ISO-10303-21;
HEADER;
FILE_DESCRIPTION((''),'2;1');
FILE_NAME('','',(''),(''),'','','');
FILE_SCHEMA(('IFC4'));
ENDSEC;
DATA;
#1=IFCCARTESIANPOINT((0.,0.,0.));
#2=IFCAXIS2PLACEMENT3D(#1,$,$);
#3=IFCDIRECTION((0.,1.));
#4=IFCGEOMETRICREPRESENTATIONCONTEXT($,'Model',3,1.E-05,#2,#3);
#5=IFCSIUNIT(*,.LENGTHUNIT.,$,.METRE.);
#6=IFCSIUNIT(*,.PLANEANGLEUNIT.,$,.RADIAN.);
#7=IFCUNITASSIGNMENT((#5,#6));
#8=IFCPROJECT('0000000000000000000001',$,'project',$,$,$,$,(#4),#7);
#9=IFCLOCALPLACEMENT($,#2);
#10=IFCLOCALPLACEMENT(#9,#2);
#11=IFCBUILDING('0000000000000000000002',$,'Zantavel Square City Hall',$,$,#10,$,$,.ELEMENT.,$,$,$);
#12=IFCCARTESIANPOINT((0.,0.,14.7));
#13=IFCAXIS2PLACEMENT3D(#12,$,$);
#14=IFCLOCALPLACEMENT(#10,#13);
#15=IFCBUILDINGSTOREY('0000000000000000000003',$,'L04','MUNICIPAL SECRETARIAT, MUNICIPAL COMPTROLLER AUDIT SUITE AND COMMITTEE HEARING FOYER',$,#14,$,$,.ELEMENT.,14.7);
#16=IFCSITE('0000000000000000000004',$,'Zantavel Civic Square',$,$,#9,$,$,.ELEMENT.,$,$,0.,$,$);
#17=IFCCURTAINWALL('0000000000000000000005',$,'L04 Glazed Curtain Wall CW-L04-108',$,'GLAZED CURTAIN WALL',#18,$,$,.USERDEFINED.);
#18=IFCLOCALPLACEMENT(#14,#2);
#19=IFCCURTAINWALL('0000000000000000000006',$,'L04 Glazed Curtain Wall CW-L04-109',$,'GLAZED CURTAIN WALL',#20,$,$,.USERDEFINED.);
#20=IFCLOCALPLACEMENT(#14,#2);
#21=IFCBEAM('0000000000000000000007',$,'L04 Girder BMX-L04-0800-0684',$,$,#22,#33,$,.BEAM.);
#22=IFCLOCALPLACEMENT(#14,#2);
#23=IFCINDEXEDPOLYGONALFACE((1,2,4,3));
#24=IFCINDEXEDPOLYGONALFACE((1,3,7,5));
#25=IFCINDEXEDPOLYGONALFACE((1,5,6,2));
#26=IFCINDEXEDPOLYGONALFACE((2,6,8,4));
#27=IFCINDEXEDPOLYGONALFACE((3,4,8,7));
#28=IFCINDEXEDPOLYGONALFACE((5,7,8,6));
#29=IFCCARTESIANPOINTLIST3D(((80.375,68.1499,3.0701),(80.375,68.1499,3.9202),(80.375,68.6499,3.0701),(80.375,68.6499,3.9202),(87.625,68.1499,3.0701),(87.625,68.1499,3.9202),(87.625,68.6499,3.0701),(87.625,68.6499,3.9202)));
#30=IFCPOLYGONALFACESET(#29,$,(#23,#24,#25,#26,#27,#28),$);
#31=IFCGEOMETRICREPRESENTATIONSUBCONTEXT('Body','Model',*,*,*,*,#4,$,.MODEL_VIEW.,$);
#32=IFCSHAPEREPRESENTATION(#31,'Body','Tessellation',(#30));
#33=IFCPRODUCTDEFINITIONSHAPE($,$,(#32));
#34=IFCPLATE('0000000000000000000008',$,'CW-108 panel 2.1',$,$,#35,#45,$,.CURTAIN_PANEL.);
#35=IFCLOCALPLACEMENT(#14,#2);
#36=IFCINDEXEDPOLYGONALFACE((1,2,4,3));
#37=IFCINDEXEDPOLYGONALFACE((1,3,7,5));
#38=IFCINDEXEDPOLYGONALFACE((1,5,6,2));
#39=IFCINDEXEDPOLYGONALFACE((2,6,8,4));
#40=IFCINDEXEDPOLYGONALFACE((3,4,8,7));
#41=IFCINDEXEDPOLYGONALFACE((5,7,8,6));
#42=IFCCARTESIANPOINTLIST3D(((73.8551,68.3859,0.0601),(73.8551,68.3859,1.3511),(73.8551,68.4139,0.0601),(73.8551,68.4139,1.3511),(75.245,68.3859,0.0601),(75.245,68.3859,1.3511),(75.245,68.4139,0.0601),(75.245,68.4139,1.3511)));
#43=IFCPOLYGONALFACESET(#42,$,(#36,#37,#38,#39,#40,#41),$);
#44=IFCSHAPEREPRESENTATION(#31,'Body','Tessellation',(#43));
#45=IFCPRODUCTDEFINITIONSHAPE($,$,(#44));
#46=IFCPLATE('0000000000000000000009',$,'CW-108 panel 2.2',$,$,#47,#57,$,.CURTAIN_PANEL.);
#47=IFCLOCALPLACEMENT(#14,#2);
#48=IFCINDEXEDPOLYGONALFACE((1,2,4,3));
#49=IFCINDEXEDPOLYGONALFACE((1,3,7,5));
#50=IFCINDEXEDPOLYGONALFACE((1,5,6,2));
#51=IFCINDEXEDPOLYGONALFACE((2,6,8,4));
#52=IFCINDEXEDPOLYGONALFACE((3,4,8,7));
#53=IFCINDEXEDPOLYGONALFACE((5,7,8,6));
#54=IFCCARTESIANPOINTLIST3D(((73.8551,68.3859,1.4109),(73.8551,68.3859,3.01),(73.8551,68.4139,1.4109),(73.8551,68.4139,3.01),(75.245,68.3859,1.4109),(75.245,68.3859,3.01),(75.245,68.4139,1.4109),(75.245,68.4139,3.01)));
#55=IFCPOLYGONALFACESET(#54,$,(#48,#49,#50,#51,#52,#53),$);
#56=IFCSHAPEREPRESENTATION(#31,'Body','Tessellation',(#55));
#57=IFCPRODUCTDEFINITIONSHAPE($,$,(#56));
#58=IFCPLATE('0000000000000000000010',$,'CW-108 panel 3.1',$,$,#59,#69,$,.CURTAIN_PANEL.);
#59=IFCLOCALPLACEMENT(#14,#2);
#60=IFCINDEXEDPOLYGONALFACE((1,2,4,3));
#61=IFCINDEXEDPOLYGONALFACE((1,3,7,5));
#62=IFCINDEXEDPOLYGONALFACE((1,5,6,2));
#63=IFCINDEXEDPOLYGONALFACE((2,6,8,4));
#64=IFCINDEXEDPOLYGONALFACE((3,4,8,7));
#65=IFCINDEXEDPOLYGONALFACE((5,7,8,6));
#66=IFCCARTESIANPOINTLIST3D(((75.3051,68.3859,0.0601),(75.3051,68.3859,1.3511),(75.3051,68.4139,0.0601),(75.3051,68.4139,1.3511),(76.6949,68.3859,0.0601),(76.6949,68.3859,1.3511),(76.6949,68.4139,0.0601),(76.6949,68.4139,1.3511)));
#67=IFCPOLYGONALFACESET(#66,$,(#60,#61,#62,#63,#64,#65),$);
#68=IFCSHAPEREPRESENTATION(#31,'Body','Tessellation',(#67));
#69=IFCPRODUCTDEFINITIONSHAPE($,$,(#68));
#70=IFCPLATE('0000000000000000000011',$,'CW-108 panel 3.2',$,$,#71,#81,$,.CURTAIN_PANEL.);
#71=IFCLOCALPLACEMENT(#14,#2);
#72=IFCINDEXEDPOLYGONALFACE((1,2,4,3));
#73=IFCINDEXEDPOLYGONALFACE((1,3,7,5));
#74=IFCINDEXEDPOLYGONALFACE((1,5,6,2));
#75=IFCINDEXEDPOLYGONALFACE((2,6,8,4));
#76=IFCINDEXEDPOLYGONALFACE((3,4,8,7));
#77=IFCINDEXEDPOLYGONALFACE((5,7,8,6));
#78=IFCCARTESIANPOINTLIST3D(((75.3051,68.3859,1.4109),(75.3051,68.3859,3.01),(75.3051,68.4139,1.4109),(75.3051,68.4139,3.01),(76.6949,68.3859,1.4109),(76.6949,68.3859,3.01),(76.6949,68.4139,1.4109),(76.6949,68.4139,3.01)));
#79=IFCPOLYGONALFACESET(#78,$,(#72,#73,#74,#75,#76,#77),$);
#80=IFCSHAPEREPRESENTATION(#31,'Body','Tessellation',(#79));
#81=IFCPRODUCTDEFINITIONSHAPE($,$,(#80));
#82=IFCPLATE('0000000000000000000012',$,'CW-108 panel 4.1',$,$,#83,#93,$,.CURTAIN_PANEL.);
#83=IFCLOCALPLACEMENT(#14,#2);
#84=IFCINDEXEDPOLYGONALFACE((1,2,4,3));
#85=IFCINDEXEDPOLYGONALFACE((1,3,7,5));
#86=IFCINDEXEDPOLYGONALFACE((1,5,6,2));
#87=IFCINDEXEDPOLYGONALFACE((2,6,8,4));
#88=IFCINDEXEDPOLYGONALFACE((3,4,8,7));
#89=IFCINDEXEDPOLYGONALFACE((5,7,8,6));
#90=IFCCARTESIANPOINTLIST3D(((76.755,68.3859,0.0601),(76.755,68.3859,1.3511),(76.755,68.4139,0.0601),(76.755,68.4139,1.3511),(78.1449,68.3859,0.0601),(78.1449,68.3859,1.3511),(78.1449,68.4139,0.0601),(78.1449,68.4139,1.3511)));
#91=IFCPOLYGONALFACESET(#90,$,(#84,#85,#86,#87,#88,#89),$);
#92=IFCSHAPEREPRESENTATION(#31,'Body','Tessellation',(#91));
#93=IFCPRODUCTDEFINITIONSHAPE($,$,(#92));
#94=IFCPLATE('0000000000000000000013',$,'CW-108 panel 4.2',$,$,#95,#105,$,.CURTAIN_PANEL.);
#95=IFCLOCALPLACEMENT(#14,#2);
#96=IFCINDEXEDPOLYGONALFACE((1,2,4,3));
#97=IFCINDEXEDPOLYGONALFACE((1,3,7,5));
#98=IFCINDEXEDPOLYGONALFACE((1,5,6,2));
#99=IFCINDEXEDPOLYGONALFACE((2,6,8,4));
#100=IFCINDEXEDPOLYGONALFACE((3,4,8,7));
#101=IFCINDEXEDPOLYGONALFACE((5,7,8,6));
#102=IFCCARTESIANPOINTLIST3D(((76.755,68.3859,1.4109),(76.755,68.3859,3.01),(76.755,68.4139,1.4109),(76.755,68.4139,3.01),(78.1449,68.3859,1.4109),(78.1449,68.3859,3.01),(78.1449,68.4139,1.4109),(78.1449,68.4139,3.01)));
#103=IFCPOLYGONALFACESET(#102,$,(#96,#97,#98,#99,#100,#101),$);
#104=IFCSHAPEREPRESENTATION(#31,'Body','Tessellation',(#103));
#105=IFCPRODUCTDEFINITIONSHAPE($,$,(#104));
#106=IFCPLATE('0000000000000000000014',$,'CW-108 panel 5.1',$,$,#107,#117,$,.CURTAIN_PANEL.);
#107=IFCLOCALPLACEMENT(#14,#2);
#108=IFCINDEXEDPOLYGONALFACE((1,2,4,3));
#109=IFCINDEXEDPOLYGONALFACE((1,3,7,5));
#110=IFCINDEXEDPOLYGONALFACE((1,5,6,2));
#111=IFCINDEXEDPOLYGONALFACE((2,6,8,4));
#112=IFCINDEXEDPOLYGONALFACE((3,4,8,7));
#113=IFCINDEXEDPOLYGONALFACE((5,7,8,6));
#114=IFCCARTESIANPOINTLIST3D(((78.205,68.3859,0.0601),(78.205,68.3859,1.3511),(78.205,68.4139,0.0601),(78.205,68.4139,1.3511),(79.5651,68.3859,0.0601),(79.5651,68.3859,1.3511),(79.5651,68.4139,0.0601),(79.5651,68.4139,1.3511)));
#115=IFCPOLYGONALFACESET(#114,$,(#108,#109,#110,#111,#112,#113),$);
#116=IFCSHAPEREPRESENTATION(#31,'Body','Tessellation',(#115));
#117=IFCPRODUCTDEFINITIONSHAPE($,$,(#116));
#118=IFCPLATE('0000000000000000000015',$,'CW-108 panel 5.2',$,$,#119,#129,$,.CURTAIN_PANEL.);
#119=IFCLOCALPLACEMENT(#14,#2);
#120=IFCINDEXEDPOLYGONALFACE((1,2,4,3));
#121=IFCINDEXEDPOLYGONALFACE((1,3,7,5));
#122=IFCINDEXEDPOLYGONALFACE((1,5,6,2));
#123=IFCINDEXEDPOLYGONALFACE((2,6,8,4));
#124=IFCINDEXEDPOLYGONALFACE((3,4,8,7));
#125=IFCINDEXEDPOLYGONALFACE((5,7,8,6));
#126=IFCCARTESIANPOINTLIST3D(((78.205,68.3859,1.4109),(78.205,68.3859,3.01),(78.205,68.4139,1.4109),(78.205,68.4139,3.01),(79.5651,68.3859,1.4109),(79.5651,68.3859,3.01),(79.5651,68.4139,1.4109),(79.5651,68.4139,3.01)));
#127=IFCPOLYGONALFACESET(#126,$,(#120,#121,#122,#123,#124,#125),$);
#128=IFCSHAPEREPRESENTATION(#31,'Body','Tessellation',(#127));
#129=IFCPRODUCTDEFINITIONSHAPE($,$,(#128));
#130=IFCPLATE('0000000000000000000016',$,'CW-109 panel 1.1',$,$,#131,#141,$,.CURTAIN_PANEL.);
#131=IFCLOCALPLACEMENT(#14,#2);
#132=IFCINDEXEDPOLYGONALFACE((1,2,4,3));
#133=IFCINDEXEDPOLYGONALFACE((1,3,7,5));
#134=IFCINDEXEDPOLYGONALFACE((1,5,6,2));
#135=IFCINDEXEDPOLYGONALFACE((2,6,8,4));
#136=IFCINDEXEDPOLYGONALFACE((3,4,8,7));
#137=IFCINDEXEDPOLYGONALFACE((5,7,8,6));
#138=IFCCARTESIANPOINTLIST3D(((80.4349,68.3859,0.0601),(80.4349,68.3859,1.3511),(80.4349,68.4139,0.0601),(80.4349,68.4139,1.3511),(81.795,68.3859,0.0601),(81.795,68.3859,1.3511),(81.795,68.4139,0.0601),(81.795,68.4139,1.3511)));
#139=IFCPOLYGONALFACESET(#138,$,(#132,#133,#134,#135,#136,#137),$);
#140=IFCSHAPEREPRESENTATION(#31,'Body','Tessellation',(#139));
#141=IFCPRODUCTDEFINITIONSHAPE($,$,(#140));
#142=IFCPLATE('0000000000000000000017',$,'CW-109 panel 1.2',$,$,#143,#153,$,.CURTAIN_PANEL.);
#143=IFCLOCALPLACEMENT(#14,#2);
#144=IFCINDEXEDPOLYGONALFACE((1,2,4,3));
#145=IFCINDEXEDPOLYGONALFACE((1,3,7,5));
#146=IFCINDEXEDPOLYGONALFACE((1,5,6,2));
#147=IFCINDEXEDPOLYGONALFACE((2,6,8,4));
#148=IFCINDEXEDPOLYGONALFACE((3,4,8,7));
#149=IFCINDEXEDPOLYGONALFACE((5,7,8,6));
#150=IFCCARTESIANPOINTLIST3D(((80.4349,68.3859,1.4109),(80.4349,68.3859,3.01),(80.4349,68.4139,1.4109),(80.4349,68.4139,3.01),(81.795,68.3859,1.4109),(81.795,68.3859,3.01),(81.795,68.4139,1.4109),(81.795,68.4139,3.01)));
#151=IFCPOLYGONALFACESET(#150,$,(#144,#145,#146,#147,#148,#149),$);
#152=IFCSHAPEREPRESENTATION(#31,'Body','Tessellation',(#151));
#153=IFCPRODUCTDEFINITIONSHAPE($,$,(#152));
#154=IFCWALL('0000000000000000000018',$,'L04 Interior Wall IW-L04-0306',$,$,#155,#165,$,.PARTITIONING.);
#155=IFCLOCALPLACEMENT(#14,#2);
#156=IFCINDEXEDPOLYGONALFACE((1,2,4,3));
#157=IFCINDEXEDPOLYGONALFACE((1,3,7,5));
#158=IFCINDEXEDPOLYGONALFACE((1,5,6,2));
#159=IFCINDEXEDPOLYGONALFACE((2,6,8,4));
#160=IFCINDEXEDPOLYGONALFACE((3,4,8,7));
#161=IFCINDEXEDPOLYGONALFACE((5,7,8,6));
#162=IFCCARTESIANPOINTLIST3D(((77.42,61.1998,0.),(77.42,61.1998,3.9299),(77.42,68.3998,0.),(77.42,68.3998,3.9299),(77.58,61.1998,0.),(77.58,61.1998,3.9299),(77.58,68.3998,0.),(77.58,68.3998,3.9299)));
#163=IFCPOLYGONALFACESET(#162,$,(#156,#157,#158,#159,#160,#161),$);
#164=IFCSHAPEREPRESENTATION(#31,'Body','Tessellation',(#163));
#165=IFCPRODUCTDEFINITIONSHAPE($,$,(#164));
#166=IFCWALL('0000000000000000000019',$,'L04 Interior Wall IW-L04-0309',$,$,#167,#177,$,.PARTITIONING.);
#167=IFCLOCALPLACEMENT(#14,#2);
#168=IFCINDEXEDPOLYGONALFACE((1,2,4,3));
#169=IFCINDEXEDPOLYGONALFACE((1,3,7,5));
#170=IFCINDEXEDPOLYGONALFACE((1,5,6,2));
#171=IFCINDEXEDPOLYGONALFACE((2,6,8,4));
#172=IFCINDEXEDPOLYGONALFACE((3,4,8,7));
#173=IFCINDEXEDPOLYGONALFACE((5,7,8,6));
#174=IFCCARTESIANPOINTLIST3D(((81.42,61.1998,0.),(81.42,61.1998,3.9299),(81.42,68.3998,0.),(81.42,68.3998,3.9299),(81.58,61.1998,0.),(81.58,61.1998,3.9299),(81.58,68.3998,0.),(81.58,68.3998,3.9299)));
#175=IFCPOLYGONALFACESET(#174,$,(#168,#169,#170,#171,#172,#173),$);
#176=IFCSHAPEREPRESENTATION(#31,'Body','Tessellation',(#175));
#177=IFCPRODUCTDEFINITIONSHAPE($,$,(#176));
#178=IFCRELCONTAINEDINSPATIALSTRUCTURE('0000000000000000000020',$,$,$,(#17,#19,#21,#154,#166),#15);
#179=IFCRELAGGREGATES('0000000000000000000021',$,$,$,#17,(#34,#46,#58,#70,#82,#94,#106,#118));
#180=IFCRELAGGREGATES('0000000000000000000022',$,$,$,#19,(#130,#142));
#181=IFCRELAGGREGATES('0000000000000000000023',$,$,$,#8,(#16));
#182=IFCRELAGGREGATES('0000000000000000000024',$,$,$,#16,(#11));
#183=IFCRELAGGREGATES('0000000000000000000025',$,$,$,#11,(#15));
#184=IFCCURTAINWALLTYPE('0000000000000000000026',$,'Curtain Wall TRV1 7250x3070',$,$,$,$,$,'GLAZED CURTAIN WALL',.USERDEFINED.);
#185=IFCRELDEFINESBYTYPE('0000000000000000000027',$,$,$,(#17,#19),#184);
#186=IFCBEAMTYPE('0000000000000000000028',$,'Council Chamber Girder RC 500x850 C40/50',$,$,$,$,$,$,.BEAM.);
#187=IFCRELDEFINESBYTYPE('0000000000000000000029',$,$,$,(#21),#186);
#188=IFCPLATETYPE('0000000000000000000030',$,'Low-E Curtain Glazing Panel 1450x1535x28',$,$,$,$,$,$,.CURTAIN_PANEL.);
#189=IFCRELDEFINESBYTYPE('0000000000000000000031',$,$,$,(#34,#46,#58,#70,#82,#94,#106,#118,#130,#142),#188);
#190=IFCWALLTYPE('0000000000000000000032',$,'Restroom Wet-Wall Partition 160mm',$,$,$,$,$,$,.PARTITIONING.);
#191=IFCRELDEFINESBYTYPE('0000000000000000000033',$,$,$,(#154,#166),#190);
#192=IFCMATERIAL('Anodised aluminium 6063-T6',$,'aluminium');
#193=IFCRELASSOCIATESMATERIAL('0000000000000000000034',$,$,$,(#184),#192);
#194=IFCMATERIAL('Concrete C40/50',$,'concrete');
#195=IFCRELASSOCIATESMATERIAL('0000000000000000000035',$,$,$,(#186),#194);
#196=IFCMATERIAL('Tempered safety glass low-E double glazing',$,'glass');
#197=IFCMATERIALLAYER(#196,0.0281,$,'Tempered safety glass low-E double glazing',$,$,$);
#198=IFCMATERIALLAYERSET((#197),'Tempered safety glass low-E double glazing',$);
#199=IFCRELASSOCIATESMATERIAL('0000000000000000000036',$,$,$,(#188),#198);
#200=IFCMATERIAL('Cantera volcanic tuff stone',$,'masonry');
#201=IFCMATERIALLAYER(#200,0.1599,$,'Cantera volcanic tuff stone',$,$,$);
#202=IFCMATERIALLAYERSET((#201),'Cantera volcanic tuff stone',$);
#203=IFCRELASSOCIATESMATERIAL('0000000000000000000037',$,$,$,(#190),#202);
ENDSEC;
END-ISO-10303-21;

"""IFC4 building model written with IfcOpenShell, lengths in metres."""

from ifc_helpers import new_model, si_unit, direction, frame, frame_2d, origin, origin_2d, place, context, subcontext, project, spatial, rectangle, extrude, material, layer, layer_set, material_profile, profile_set, type_object, element, aggregate, save


model = new_model("IFC4")

# Units and contexts
model_context = context("Model", 3, precision=1e-05, world=origin(), true_north=direction((0.0, 1.0)))
body_context = subcontext(model_context, "Body", "Model", "MODEL_VIEW")
ifc_project = project(units=[si_unit("LENGTHUNIT", "METRE"), si_unit("PLANEANGLEUNIT", "RADIAN")], contexts=[model_context])

# Site, building, storey
site_placement = place(None, origin())
site = spatial("IfcSite", under=ifc_project, at=site_placement, Name="Zantavel Civic Square", CompositionType="ELEMENT", RefElevation=0.0)
building_placement = place(site_placement, origin())
building = spatial("IfcBuilding", under=site, at=building_placement, Name="Zantavel Square City Hall", CompositionType="ELEMENT")
storey_placement = place(building_placement, frame((0.0, 0.0, 14.7)))
storey = spatial("IfcBuildingStorey", under=building, at=storey_placement, Name="L04", Description="MUNICIPAL SECRETARIAT, MUNICIPAL COMPTROLLER AUDIT SUITE AND COMMITTEE HEARING FOYER", CompositionType="ELEMENT", Elevation=14.7)

# Shared definitions
ifc_material_1 = material(Name="Concrete C40/50", Category="concrete")

# Curtain wall
ifc_material_2 = material(Name="Anodised aluminium 6063-T6", Category="aluminium")
curtain_wall_type = type_object("IfcCurtainWallType", Name="Curtain Wall TRV1 7250x3070", ElementType="GLAZED CURTAIN WALL", PredefinedType="USERDEFINED", material=ifc_material_2)
curtain_wall_1_placement = place(storey_placement, origin())
curtain_wall_1 = element("IfcCurtainWall", 1, at=curtain_wall_1_placement, inside=storey, type_object=curtain_wall_type, Name="L04 Glazed Curtain Wall CW-L04-108", ObjectType="GLAZED CURTAIN WALL", PredefinedType="USERDEFINED")

# Curtain wall
curtain_wall_2_placement = place(storey_placement, origin())
curtain_wall_2 = element("IfcCurtainWall", 2, at=curtain_wall_2_placement, inside=storey, type_object=curtain_wall_type, Name="L04 Glazed Curtain Wall CW-L04-109", ObjectType="GLAZED CURTAIN WALL", PredefinedType="USERDEFINED")

# Beam
ifc_material_profile_1 = material_profile(ifc_material_1, rectangle(XDim=0.5, YDim=0.8501, at=origin_2d()), Name="RC 500x850")
ifc_profile_set_1 = profile_set([ifc_material_profile_1], Name="Concrete C40/50")
beam_type = type_object("IfcBeamType", Name="Council Chamber Girder RC 500x850 C40/50", PredefinedType="BEAM", material=ifc_profile_set_1)
beam_placement = place(storey_placement, frame((80.375, 68.3999, 3.4951), z_axis=(1.0, 0.0, 0.0), x_axis=(0.0, 1.0, 0.0)))
element("IfcBeam", 3, at=beam_placement, inside=storey, type_object=beam_type, Name="L04 Girder BMX-L04-0800-0684", PredefinedType="BEAM", context=body_context, shape_type="SweptSolid", body=[
    extrude(rectangle(XDim=0.5, YDim=0.8501, at=origin_2d()), origin(), (0.0, 0.0, 1.0), 7.25),
])

# Plates
ifc_material_3 = material(Name="Tempered safety glass low-E double glazing", Category="glass")
ifc_layer_1 = layer(ifc_material_3, 0.0281, Name="Tempered safety glass low-E double glazing")
ifc_layer_set_1 = layer_set([ifc_layer_1], Name="Tempered safety glass low-E double glazing")
plate_type = type_object("IfcPlateType", Name="Low-E Curtain Glazing Panel 1450x1535x28", PredefinedType="CURTAIN_PANEL", material=ifc_layer_set_1)
plate_1_placement = place(storey_placement, frame((74.55, 68.3999, 0.0601), z_axis=(0.0, 0.0, 1.0), x_axis=(1.0, 0.0, 0.0)))
plate_1 = element("IfcPlate", 4, at=plate_1_placement, type_object=plate_type, Name="CW-108 panel 2.1", PredefinedType="CURTAIN_PANEL", context=body_context, shape_type="SweptSolid", body=[
    extrude(rectangle(XDim=1.3899, YDim=0.0281, at=origin_2d()), origin(), (0.0, 0.0, 1.0), 1.291),
])
plate_2_placement = place(storey_placement, frame((74.55, 68.3999, 1.4109), z_axis=(0.0, 0.0, 1.0), x_axis=(1.0, 0.0, 0.0)))
plate_2 = element("IfcPlate", 5, at=plate_2_placement, type_object=plate_type, Name="CW-108 panel 2.2", PredefinedType="CURTAIN_PANEL", context=body_context, shape_type="SweptSolid", body=[
    extrude(rectangle(XDim=1.3899, YDim=0.0281, at=origin_2d()), origin(), (0.0, 0.0, 1.0), 1.5991),
])
plate_3_placement = place(storey_placement, frame((76.0, 68.3999, 0.0601), z_axis=(0.0, 0.0, 1.0), x_axis=(1.0, 0.0, 0.0)))
plate_3 = element("IfcPlate", 6, at=plate_3_placement, type_object=plate_type, Name="CW-108 panel 3.1", PredefinedType="CURTAIN_PANEL", context=body_context, shape_type="SweptSolid", body=[
    extrude(rectangle(XDim=1.3899, YDim=0.0281, at=origin_2d()), origin(), (0.0, 0.0, 1.0), 1.291),
])
plate_4_placement = place(storey_placement, frame((76.0, 68.3999, 1.4109), z_axis=(0.0, 0.0, 1.0), x_axis=(1.0, 0.0, 0.0)))
plate_4 = element("IfcPlate", 7, at=plate_4_placement, type_object=plate_type, Name="CW-108 panel 3.2", PredefinedType="CURTAIN_PANEL", context=body_context, shape_type="SweptSolid", body=[
    extrude(rectangle(XDim=1.3899, YDim=0.0281, at=origin_2d()), origin(), (0.0, 0.0, 1.0), 1.5991),
])
plate_5_placement = place(storey_placement, frame((77.45, 68.3999, 0.0601), z_axis=(0.0, 0.0, 1.0), x_axis=(1.0, 0.0, 0.0)))
plate_5 = element("IfcPlate", 8, at=plate_5_placement, type_object=plate_type, Name="CW-108 panel 4.1", PredefinedType="CURTAIN_PANEL", context=body_context, shape_type="SweptSolid", body=[
    extrude(rectangle(XDim=1.3899, YDim=0.0281, at=origin_2d()), origin(), (0.0, 0.0, 1.0), 1.291),
])
plate_6_placement = place(storey_placement, frame((77.45, 68.3999, 1.4109), z_axis=(0.0, 0.0, 1.0), x_axis=(1.0, 0.0, 0.0)))
plate_6 = element("IfcPlate", 9, at=plate_6_placement, type_object=plate_type, Name="CW-108 panel 4.2", PredefinedType="CURTAIN_PANEL", context=body_context, shape_type="SweptSolid", body=[
    extrude(rectangle(XDim=1.3899, YDim=0.0281, at=origin_2d()), origin(), (0.0, 0.0, 1.0), 1.5991),
])
plate_7_placement = place(storey_placement, frame((78.885, 68.3999, 0.0601), z_axis=(0.0, 0.0, 1.0), x_axis=(1.0, 0.0, 0.0)))
plate_7 = element("IfcPlate", 10, at=plate_7_placement, type_object=plate_type, Name="CW-108 panel 5.1", PredefinedType="CURTAIN_PANEL", context=body_context, shape_type="SweptSolid", body=[
    extrude(rectangle(XDim=1.3601, YDim=0.0281, at=origin_2d()), origin(), (0.0, 0.0, 1.0), 1.291),
])
plate_8_placement = place(storey_placement, frame((78.885, 68.3999, 1.4109), z_axis=(0.0, 0.0, 1.0), x_axis=(1.0, 0.0, 0.0)))
plate_8 = element("IfcPlate", 11, at=plate_8_placement, type_object=plate_type, Name="CW-108 panel 5.2", PredefinedType="CURTAIN_PANEL", context=body_context, shape_type="SweptSolid", body=[
    extrude(rectangle(XDim=1.3601, YDim=0.0281, at=origin_2d()), origin(), (0.0, 0.0, 1.0), 1.5991),
])
aggregate(curtain_wall_1, [plate_1, plate_2, plate_3, plate_4, plate_5, plate_6, plate_7, plate_8])
plate_9_placement = place(storey_placement, frame((81.115, 68.3999, 0.0601), z_axis=(0.0, 0.0, 1.0), x_axis=(1.0, 0.0, 0.0)))
plate_9 = element("IfcPlate", 12, at=plate_9_placement, type_object=plate_type, Name="CW-109 panel 1.1", PredefinedType="CURTAIN_PANEL", context=body_context, shape_type="SweptSolid", body=[
    extrude(rectangle(XDim=1.3601, YDim=0.0281, at=origin_2d()), origin(), (0.0, 0.0, 1.0), 1.291),
])
plate_10_placement = place(storey_placement, frame((81.115, 68.3999, 1.4109), z_axis=(0.0, 0.0, 1.0), x_axis=(1.0, 0.0, 0.0)))
plate_10 = element("IfcPlate", 13, at=plate_10_placement, type_object=plate_type, Name="CW-109 panel 1.2", PredefinedType="CURTAIN_PANEL", context=body_context, shape_type="SweptSolid", body=[
    extrude(rectangle(XDim=1.3601, YDim=0.0281, at=origin_2d()), origin(), (0.0, 0.0, 1.0), 1.5991),
])
aggregate(curtain_wall_2, [plate_9, plate_10])

# Walls
ifc_material_4 = material(Name="Cantera volcanic tuff stone", Category="masonry")
ifc_layer_2 = layer(ifc_material_4, 0.1599, Name="Cantera volcanic tuff stone")
ifc_layer_set_2 = layer_set([ifc_layer_2], Name="Cantera volcanic tuff stone")
wall_type = type_object("IfcWallType", Name="Restroom Wet-Wall Partition 160mm", PredefinedType="PARTITIONING", material=ifc_layer_set_2)
for number, where, z_axis, x_axis, name in (
    (14, (77.5, 68.3999, 0.0), (0.0, 0.0, 1.0), (0.0, -1.0, 0.0), "L04 Interior Wall IW-L04-0306"),
    (15, (81.5, 68.3999, 0.0), (0.0, 0.0, 1.0), (0.0, -1.0, 0.0), "L04 Interior Wall IW-L04-0309"),
):
    element("IfcWall", number, at=place(storey_placement, frame(where, z_axis=z_axis, x_axis=x_axis)), inside=storey, type_object=wall_type, Name=name, PredefinedType="PARTITIONING", context=body_context, shape_type="SweptSolid", body=[
        extrude(rectangle(XDim=7.2, YDim=0.1599, at=frame_2d((3.6001, 0.0))), origin(), (0.0, 0.0, 1.0), 3.9299),
    ])

save(model, "model.ifc")
